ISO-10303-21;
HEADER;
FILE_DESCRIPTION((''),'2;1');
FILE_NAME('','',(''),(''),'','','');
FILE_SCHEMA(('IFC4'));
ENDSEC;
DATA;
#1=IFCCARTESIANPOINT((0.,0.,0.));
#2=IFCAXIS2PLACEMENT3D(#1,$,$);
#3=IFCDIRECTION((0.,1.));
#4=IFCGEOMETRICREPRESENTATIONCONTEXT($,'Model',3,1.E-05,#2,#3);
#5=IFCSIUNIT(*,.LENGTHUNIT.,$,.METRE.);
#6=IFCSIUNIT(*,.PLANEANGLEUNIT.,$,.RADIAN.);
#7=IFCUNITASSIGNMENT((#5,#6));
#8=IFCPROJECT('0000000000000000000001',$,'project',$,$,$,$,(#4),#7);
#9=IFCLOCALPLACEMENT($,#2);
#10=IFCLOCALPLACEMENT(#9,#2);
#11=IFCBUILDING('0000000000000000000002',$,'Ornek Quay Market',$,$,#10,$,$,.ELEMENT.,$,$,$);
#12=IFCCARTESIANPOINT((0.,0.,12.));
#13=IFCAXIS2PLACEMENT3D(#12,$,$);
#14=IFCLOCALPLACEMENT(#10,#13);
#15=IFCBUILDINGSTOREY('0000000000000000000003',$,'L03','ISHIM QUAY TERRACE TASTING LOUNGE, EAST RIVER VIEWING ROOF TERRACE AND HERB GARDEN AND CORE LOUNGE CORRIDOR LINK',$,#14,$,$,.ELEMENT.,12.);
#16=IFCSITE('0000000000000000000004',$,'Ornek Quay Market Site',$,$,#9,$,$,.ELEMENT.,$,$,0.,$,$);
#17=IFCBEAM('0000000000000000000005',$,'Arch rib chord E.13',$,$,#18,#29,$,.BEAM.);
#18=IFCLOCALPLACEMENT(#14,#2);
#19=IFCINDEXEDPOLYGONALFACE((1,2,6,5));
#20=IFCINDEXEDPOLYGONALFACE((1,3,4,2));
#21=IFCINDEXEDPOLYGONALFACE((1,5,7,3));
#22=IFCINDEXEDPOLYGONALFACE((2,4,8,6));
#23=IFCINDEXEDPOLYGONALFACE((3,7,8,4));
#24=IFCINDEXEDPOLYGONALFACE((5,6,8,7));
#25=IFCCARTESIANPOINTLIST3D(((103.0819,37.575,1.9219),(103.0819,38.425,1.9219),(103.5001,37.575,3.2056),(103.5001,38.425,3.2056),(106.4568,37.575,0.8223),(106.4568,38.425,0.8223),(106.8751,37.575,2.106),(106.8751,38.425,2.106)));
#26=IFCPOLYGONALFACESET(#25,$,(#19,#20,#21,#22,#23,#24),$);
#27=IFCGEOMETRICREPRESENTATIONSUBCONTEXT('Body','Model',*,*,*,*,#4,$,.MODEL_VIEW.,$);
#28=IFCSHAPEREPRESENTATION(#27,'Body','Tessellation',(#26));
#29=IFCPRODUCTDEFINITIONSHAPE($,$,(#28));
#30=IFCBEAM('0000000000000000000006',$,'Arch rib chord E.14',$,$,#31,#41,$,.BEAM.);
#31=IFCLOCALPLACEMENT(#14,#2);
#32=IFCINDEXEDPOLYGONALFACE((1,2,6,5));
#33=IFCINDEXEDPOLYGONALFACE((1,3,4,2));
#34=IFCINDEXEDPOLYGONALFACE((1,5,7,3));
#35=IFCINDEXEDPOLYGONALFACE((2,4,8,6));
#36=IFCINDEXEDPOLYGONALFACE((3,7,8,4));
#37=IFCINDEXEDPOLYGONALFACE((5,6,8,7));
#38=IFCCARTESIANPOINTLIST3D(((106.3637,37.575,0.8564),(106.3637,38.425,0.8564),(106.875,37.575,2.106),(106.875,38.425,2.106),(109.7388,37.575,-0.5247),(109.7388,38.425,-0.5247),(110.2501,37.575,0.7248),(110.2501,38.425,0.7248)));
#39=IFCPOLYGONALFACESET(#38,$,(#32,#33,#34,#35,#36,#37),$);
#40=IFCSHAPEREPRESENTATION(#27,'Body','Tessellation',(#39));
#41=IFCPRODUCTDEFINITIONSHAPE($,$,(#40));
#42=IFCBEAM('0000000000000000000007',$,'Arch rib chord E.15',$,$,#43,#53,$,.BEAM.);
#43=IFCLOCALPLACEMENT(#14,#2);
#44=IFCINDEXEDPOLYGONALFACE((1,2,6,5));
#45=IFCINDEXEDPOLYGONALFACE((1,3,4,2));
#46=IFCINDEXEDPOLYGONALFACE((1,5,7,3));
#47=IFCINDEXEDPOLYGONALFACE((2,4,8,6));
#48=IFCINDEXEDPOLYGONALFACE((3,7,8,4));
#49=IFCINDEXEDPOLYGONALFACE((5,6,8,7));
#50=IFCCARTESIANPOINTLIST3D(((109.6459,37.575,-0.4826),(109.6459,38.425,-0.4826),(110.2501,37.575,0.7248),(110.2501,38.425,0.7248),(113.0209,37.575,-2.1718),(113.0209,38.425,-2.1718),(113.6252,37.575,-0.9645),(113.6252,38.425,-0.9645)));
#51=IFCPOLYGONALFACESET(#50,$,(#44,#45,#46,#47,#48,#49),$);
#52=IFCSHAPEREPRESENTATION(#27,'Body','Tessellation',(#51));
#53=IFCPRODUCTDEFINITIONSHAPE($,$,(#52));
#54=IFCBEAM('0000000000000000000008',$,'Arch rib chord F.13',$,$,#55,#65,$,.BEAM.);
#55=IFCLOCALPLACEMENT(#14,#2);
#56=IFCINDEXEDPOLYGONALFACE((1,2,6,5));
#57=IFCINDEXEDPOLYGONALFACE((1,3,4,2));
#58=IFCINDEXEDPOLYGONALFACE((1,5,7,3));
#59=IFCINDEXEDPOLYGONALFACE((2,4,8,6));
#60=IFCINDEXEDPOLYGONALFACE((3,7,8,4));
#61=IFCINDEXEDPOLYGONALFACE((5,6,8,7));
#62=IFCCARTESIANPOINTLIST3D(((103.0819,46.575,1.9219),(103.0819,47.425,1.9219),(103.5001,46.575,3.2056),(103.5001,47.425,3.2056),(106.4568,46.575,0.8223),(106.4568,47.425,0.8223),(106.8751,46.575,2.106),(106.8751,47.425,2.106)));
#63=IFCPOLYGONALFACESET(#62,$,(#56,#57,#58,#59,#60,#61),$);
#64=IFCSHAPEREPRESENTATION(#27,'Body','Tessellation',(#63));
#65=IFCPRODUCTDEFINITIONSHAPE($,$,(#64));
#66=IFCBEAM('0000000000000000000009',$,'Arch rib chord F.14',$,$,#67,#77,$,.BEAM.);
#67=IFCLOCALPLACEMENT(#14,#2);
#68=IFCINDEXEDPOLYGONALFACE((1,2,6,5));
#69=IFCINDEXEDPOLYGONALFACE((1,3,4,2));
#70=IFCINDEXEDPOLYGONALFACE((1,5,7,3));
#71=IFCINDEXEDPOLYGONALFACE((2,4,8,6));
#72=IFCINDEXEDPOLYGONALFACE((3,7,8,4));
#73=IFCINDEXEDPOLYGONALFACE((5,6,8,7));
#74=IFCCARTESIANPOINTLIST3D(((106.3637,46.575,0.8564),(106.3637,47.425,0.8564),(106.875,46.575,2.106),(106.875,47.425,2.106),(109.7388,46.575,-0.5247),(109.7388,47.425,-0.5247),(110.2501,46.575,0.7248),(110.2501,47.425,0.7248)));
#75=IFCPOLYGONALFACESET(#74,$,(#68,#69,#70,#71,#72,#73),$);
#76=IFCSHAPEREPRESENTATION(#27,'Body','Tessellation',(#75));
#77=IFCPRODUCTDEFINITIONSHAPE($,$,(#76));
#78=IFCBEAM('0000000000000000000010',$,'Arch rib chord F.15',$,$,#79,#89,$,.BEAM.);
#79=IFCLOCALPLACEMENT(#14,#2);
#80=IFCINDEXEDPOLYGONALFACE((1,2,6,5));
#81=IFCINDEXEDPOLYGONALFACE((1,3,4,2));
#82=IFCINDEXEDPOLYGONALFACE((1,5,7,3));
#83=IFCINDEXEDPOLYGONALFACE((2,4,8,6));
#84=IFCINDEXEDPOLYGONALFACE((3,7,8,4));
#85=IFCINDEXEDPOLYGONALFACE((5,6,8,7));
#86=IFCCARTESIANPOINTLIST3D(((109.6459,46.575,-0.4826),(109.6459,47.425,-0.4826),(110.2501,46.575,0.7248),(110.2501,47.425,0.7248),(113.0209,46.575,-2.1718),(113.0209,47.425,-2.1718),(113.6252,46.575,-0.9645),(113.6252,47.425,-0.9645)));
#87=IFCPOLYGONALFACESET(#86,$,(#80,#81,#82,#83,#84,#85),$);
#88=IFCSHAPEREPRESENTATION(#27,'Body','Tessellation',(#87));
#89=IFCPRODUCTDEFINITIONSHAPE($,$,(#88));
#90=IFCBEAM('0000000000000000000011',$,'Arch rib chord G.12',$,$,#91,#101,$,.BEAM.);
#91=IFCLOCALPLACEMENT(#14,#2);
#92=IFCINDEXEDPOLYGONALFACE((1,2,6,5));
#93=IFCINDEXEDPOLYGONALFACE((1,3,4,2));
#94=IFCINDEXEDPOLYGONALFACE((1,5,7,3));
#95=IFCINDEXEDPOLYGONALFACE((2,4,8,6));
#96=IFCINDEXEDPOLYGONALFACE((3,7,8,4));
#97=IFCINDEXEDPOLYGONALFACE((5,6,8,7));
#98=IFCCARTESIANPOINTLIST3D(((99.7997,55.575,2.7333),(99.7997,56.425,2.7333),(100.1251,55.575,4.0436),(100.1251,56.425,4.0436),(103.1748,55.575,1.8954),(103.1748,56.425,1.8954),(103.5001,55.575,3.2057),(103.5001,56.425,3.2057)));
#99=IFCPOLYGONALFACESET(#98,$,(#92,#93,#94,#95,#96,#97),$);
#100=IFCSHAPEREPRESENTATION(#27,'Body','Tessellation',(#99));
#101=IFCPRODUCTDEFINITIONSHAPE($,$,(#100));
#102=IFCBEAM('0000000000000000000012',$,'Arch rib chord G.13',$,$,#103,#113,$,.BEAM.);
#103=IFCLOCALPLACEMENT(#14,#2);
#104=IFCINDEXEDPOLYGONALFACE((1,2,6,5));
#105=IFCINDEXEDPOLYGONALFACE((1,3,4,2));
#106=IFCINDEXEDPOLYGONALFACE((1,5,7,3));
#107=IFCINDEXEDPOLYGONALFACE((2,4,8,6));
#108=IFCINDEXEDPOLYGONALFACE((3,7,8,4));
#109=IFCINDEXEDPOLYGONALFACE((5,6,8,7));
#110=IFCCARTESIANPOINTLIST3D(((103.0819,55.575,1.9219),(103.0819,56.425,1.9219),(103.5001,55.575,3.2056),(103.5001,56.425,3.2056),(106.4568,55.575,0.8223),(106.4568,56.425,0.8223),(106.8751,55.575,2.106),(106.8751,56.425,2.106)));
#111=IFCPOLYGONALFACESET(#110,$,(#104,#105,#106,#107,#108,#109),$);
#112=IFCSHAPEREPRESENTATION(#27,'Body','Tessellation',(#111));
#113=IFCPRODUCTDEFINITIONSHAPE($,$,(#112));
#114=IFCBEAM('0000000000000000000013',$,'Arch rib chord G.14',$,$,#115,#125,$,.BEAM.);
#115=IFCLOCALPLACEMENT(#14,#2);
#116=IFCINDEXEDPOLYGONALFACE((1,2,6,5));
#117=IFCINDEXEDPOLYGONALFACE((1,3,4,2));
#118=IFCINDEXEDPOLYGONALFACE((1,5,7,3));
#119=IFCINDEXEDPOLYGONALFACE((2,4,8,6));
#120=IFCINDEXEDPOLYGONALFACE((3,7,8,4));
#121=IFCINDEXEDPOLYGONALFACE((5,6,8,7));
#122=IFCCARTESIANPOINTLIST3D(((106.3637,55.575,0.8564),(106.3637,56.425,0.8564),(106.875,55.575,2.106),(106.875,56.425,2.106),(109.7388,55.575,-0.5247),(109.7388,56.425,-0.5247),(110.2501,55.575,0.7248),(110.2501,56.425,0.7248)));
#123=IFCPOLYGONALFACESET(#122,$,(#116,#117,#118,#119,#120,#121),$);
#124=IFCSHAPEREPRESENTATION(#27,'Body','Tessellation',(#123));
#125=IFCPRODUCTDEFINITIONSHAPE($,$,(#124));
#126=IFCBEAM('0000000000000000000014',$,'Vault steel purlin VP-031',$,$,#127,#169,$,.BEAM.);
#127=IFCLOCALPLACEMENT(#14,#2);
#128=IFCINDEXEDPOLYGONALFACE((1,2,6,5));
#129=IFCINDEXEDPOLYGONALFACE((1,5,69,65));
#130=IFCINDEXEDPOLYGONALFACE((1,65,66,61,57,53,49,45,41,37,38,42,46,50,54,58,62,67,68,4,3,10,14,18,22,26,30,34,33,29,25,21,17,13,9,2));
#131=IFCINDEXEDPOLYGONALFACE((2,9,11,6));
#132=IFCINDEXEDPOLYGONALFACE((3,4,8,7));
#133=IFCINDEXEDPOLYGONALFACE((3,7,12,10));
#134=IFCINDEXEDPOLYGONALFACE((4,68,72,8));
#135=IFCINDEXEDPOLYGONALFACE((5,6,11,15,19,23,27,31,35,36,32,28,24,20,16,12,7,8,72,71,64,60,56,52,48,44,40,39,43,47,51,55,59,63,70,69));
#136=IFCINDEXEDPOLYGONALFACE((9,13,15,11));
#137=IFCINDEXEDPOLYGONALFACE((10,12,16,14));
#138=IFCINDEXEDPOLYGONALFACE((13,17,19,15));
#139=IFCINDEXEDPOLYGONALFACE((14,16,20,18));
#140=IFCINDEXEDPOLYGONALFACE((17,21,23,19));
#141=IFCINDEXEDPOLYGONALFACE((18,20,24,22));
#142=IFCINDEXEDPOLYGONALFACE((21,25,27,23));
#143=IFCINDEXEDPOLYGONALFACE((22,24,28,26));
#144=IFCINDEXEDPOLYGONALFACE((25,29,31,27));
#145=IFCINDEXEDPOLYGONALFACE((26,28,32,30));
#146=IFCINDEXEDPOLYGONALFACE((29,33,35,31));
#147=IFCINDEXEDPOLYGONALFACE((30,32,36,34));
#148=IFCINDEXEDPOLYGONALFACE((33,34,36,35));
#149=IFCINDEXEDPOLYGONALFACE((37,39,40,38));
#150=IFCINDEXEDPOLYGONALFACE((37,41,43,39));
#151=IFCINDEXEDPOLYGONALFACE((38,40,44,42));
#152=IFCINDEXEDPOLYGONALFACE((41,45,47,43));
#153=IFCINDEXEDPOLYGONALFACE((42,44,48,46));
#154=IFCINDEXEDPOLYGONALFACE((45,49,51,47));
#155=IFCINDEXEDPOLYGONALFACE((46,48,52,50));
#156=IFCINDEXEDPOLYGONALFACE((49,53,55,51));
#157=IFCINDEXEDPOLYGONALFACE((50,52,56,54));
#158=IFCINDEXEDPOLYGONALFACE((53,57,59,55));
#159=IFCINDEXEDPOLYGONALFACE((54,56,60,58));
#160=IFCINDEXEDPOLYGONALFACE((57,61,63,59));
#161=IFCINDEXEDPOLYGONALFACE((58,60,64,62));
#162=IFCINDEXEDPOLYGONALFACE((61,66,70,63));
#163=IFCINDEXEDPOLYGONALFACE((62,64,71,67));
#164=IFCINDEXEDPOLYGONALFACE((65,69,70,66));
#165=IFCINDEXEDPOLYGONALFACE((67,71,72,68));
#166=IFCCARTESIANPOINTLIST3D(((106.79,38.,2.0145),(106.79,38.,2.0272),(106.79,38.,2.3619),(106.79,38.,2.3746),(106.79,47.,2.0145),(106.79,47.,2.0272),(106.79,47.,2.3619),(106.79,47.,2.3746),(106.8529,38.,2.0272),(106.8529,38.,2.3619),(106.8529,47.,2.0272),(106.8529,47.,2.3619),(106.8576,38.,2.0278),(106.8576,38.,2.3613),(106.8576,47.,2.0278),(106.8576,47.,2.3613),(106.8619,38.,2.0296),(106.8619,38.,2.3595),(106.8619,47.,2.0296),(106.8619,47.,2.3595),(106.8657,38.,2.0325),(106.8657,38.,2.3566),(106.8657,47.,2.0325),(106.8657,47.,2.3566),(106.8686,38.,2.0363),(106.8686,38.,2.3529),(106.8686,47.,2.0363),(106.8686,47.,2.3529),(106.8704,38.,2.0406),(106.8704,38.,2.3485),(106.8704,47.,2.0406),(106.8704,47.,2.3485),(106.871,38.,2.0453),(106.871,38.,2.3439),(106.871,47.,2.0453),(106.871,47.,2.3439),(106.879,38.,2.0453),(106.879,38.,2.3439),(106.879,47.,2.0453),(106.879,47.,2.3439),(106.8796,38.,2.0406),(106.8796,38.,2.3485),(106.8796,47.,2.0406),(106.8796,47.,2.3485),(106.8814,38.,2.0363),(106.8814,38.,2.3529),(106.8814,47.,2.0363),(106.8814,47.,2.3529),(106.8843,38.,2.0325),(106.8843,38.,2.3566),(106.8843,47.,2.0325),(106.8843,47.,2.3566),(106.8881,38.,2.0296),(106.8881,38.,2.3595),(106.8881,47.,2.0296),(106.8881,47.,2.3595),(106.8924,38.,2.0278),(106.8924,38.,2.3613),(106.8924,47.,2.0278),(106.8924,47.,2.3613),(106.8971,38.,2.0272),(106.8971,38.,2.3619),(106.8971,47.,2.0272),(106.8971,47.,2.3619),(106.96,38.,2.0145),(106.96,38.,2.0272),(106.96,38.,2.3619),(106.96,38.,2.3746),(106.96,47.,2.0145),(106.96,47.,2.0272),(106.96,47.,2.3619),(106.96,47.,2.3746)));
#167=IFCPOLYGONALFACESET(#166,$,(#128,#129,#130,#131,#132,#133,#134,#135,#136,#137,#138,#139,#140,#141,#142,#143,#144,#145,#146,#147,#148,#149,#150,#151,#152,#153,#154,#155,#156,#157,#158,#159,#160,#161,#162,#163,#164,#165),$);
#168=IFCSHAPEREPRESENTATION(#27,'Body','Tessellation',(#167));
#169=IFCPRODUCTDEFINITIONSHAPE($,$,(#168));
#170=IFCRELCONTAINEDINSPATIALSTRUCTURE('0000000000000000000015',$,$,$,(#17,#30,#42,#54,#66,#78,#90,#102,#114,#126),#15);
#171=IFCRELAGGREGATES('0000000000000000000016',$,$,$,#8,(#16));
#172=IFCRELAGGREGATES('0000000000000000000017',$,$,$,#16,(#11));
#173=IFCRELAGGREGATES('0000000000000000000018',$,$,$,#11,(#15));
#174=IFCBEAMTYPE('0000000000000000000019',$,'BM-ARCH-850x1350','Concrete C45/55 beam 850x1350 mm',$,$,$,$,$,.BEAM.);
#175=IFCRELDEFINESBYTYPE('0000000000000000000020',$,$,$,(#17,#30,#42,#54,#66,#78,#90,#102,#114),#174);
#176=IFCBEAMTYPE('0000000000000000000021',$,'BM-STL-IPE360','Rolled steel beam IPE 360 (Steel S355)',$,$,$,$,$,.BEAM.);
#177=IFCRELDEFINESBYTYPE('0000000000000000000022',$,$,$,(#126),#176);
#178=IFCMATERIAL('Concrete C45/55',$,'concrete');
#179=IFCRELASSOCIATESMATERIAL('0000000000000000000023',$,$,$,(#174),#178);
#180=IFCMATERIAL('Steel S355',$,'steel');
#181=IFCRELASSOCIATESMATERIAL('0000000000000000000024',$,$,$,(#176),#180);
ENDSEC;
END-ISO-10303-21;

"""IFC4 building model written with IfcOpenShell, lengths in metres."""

from ifc_helpers import new_model, si_unit, direction, frame, origin, origin_2d, place, context, subcontext, project, spatial, rectangle, i_section, extrude, material, material_profile, profile_set, type_object, element, save


model = new_model("IFC4")

# Units and contexts
model_context = context("Model", 3, precision=1e-05, world=origin(), true_north=direction((0.0, 1.0)))
body_context = subcontext(model_context, "Body", "Model", "MODEL_VIEW")
ifc_project = project(units=[si_unit("LENGTHUNIT", "METRE"), si_unit("PLANEANGLEUNIT", "RADIAN")], contexts=[model_context])

# Site, building, storey
site_placement = place(None, origin())
site = spatial("IfcSite", under=ifc_project, at=site_placement, Name="Ornek Quay Market Site", CompositionType="ELEMENT", RefElevation=0.0)
building_placement = place(site_placement, origin())
building = spatial("IfcBuilding", under=site, at=building_placement, Name="Ornek Quay Market", CompositionType="ELEMENT")
storey_placement = place(building_placement, frame((0.0, 0.0, 12.0)))
storey = spatial("IfcBuildingStorey", under=building, at=storey_placement, Name="L03", Description="ISHIM QUAY TERRACE TASTING LOUNGE, EAST RIVER VIEWING ROOF TERRACE AND HERB GARDEN AND CORE LOUNGE CORRIDOR LINK", CompositionType="ELEMENT", Elevation=12.0)

# Beams
ifc_material_1 = material(Name="Concrete C45/55", Category="concrete")
ifc_material_profile_1 = material_profile(ifc_material_1, rectangle(XDim=0.8501, YDim=1.3501, at=origin_2d()), Name="RC 850x1350", Category="concrete")
ifc_profile_set_1 = profile_set([ifc_material_profile_1], Name="Concrete C45/55")
beam_type_1 = type_object("IfcBeamType", Name="BM-ARCH-850x1350", Description="Concrete C45/55 beam 850x1350 mm", PredefinedType="BEAM", material=ifc_profile_set_1)
beam_1_placement = place(storey_placement, frame((103.291, 38.0, 2.5637), z_axis=(0.950807, 0.0, -0.309783), x_axis=(0.0, 1.0, 0.0)))
element("IfcBeam", 1, at=beam_1_placement, inside=storey, type_object=beam_type_1, Name="Arch rib chord E.13", PredefinedType="BEAM", context=body_context, shape_type="SweptSolid", body=[
    extrude(rectangle(XDim=0.8501, YDim=1.3501, at=origin_2d()), origin(), (0.0, 0.0, 1.0), 3.5496),
])
beam_2_placement = place(storey_placement, frame((106.6194, 38.0, 1.4812), z_axis=(0.925506, 0.0, -0.378732), x_axis=(0.0, 1.0, 0.0)))
element("IfcBeam", 2, at=beam_2_placement, inside=storey, type_object=beam_type_1, Name="Arch rib chord E.14", PredefinedType="BEAM", context=body_context, shape_type="SweptSolid", body=[
    extrude(rectangle(XDim=0.8501, YDim=1.3501, at=origin_2d()), origin(), (0.0, 0.0, 1.0), 3.6467),
])
beam_3_placement = place(storey_placement, frame((109.948, 38.0, 0.1211), z_axis=(0.894246, 0.0, -0.447576), x_axis=(0.0, 1.0, 0.0)))
element("IfcBeam", 3, at=beam_3_placement, inside=storey, type_object=beam_type_1, Name="Arch rib chord E.15", PredefinedType="BEAM", context=body_context, shape_type="SweptSolid", body=[
    extrude(rectangle(XDim=0.8501, YDim=1.3501, at=origin_2d()), origin(), (0.0, 0.0, 1.0), 3.7742),
])
beam_4_placement = place(storey_placement, frame((103.291, 47.0, 2.5637), z_axis=(0.950807, 0.0, -0.309783), x_axis=(0.0, 1.0, 0.0)))
element("IfcBeam", 4, at=beam_4_placement, inside=storey, type_object=beam_type_1, Name="Arch rib chord F.13", PredefinedType="BEAM", context=body_context, shape_type="SweptSolid", body=[
    extrude(rectangle(XDim=0.8501, YDim=1.3501, at=origin_2d()), origin(), (0.0, 0.0, 1.0), 3.5496),
])
beam_5_placement = place(storey_placement, frame((106.6194, 47.0, 1.4812), z_axis=(0.925506, 0.0, -0.378732), x_axis=(0.0, 1.0, 0.0)))
element("IfcBeam", 5, at=beam_5_placement, inside=storey, type_object=beam_type_1, Name="Arch rib chord F.14", PredefinedType="BEAM", context=body_context, shape_type="SweptSolid", body=[
    extrude(rectangle(XDim=0.8501, YDim=1.3501, at=origin_2d()), origin(), (0.0, 0.0, 1.0), 3.6467),
])
beam_6_placement = place(storey_placement, frame((109.948, 47.0, 0.1211), z_axis=(0.894246, 0.0, -0.447576), x_axis=(0.0, 1.0, 0.0)))
element("IfcBeam", 6, at=beam_6_placement, inside=storey, type_object=beam_type_1, Name="Arch rib chord F.15", PredefinedType="BEAM", context=body_context, shape_type="SweptSolid", body=[
    extrude(rectangle(XDim=0.8501, YDim=1.3501, at=origin_2d()), origin(), (0.0, 0.0, 1.0), 3.7742),
])
beam_7_placement = place(storey_placement, frame((99.9624, 56.0, 3.3884), z_axis=(0.970538, 0.0, -0.240949), x_axis=(0.0, 1.0, 0.0)))
element("IfcBeam", 7, at=beam_7_placement, inside=storey, type_object=beam_type_1, Name="Arch rib chord G.12", PredefinedType="BEAM", context=body_context, shape_type="SweptSolid", body=[
    extrude(rectangle(XDim=0.8501, YDim=1.3501, at=origin_2d()), origin(), (0.0, 0.0, 1.0), 3.4775),
])
beam_8_placement = place(storey_placement, frame((103.291, 56.0, 2.5637), z_axis=(0.950807, 0.0, -0.309783), x_axis=(0.0, 1.0, 0.0)))
element("IfcBeam", 8, at=beam_8_placement, inside=storey, type_object=beam_type_1, Name="Arch rib chord G.13", PredefinedType="BEAM", context=body_context, shape_type="SweptSolid", body=[
    extrude(rectangle(XDim=0.8501, YDim=1.3501, at=origin_2d()), origin(), (0.0, 0.0, 1.0), 3.5496),
])
beam_9_placement = place(storey_placement, frame((106.6194, 56.0, 1.4812), z_axis=(0.925506, 0.0, -0.378732), x_axis=(0.0, 1.0, 0.0)))
element("IfcBeam", 9, at=beam_9_placement, inside=storey, type_object=beam_type_1, Name="Arch rib chord G.14", PredefinedType="BEAM", context=body_context, shape_type="SweptSolid", body=[
    extrude(rectangle(XDim=0.8501, YDim=1.3501, at=origin_2d()), origin(), (0.0, 0.0, 1.0), 3.6467),
])
ifc_material_2 = material(Name="Steel S355", Category="steel")
ifc_material_profile_2 = material_profile(ifc_material_2, i_section(OverallWidth=0.1699, OverallDepth=0.3601, WebThickness=0.0081, FlangeThickness=0.0127, FilletRadius=0.0181, at=origin_2d()), Name="IPE 360", Category="steel")
ifc_profile_set_2 = profile_set([ifc_material_profile_2], Name="Steel S355")
beam_type_2 = type_object("IfcBeamType", Name="BM-STL-IPE360", Description="Rolled steel beam IPE 360 (Steel S355)", PredefinedType="BEAM", material=ifc_profile_set_2)
for number, where, z_axis, x_axis, name in (
    (10, (106.875, 38.0, 2.1946), (0.0, 1.0, 0.0), (-1.0, 0.0, 0.0), "Vault steel purlin VP-031"),
):
    element("IfcBeam", number, at=place(storey_placement, frame(where, z_axis=z_axis, x_axis=x_axis)), inside=storey, type_object=beam_type_2, Name=name, PredefinedType="BEAM", context=body_context, shape_type="SweptSolid", body=[
        extrude(i_section(OverallWidth=0.1699, OverallDepth=0.3601, WebThickness=0.0081, FlangeThickness=0.0127, FilletRadius=0.0181, at=origin_2d()), origin(), (0.0, 0.0, 1.0), 9.0),
    ])

save(model, "model.ifc")
